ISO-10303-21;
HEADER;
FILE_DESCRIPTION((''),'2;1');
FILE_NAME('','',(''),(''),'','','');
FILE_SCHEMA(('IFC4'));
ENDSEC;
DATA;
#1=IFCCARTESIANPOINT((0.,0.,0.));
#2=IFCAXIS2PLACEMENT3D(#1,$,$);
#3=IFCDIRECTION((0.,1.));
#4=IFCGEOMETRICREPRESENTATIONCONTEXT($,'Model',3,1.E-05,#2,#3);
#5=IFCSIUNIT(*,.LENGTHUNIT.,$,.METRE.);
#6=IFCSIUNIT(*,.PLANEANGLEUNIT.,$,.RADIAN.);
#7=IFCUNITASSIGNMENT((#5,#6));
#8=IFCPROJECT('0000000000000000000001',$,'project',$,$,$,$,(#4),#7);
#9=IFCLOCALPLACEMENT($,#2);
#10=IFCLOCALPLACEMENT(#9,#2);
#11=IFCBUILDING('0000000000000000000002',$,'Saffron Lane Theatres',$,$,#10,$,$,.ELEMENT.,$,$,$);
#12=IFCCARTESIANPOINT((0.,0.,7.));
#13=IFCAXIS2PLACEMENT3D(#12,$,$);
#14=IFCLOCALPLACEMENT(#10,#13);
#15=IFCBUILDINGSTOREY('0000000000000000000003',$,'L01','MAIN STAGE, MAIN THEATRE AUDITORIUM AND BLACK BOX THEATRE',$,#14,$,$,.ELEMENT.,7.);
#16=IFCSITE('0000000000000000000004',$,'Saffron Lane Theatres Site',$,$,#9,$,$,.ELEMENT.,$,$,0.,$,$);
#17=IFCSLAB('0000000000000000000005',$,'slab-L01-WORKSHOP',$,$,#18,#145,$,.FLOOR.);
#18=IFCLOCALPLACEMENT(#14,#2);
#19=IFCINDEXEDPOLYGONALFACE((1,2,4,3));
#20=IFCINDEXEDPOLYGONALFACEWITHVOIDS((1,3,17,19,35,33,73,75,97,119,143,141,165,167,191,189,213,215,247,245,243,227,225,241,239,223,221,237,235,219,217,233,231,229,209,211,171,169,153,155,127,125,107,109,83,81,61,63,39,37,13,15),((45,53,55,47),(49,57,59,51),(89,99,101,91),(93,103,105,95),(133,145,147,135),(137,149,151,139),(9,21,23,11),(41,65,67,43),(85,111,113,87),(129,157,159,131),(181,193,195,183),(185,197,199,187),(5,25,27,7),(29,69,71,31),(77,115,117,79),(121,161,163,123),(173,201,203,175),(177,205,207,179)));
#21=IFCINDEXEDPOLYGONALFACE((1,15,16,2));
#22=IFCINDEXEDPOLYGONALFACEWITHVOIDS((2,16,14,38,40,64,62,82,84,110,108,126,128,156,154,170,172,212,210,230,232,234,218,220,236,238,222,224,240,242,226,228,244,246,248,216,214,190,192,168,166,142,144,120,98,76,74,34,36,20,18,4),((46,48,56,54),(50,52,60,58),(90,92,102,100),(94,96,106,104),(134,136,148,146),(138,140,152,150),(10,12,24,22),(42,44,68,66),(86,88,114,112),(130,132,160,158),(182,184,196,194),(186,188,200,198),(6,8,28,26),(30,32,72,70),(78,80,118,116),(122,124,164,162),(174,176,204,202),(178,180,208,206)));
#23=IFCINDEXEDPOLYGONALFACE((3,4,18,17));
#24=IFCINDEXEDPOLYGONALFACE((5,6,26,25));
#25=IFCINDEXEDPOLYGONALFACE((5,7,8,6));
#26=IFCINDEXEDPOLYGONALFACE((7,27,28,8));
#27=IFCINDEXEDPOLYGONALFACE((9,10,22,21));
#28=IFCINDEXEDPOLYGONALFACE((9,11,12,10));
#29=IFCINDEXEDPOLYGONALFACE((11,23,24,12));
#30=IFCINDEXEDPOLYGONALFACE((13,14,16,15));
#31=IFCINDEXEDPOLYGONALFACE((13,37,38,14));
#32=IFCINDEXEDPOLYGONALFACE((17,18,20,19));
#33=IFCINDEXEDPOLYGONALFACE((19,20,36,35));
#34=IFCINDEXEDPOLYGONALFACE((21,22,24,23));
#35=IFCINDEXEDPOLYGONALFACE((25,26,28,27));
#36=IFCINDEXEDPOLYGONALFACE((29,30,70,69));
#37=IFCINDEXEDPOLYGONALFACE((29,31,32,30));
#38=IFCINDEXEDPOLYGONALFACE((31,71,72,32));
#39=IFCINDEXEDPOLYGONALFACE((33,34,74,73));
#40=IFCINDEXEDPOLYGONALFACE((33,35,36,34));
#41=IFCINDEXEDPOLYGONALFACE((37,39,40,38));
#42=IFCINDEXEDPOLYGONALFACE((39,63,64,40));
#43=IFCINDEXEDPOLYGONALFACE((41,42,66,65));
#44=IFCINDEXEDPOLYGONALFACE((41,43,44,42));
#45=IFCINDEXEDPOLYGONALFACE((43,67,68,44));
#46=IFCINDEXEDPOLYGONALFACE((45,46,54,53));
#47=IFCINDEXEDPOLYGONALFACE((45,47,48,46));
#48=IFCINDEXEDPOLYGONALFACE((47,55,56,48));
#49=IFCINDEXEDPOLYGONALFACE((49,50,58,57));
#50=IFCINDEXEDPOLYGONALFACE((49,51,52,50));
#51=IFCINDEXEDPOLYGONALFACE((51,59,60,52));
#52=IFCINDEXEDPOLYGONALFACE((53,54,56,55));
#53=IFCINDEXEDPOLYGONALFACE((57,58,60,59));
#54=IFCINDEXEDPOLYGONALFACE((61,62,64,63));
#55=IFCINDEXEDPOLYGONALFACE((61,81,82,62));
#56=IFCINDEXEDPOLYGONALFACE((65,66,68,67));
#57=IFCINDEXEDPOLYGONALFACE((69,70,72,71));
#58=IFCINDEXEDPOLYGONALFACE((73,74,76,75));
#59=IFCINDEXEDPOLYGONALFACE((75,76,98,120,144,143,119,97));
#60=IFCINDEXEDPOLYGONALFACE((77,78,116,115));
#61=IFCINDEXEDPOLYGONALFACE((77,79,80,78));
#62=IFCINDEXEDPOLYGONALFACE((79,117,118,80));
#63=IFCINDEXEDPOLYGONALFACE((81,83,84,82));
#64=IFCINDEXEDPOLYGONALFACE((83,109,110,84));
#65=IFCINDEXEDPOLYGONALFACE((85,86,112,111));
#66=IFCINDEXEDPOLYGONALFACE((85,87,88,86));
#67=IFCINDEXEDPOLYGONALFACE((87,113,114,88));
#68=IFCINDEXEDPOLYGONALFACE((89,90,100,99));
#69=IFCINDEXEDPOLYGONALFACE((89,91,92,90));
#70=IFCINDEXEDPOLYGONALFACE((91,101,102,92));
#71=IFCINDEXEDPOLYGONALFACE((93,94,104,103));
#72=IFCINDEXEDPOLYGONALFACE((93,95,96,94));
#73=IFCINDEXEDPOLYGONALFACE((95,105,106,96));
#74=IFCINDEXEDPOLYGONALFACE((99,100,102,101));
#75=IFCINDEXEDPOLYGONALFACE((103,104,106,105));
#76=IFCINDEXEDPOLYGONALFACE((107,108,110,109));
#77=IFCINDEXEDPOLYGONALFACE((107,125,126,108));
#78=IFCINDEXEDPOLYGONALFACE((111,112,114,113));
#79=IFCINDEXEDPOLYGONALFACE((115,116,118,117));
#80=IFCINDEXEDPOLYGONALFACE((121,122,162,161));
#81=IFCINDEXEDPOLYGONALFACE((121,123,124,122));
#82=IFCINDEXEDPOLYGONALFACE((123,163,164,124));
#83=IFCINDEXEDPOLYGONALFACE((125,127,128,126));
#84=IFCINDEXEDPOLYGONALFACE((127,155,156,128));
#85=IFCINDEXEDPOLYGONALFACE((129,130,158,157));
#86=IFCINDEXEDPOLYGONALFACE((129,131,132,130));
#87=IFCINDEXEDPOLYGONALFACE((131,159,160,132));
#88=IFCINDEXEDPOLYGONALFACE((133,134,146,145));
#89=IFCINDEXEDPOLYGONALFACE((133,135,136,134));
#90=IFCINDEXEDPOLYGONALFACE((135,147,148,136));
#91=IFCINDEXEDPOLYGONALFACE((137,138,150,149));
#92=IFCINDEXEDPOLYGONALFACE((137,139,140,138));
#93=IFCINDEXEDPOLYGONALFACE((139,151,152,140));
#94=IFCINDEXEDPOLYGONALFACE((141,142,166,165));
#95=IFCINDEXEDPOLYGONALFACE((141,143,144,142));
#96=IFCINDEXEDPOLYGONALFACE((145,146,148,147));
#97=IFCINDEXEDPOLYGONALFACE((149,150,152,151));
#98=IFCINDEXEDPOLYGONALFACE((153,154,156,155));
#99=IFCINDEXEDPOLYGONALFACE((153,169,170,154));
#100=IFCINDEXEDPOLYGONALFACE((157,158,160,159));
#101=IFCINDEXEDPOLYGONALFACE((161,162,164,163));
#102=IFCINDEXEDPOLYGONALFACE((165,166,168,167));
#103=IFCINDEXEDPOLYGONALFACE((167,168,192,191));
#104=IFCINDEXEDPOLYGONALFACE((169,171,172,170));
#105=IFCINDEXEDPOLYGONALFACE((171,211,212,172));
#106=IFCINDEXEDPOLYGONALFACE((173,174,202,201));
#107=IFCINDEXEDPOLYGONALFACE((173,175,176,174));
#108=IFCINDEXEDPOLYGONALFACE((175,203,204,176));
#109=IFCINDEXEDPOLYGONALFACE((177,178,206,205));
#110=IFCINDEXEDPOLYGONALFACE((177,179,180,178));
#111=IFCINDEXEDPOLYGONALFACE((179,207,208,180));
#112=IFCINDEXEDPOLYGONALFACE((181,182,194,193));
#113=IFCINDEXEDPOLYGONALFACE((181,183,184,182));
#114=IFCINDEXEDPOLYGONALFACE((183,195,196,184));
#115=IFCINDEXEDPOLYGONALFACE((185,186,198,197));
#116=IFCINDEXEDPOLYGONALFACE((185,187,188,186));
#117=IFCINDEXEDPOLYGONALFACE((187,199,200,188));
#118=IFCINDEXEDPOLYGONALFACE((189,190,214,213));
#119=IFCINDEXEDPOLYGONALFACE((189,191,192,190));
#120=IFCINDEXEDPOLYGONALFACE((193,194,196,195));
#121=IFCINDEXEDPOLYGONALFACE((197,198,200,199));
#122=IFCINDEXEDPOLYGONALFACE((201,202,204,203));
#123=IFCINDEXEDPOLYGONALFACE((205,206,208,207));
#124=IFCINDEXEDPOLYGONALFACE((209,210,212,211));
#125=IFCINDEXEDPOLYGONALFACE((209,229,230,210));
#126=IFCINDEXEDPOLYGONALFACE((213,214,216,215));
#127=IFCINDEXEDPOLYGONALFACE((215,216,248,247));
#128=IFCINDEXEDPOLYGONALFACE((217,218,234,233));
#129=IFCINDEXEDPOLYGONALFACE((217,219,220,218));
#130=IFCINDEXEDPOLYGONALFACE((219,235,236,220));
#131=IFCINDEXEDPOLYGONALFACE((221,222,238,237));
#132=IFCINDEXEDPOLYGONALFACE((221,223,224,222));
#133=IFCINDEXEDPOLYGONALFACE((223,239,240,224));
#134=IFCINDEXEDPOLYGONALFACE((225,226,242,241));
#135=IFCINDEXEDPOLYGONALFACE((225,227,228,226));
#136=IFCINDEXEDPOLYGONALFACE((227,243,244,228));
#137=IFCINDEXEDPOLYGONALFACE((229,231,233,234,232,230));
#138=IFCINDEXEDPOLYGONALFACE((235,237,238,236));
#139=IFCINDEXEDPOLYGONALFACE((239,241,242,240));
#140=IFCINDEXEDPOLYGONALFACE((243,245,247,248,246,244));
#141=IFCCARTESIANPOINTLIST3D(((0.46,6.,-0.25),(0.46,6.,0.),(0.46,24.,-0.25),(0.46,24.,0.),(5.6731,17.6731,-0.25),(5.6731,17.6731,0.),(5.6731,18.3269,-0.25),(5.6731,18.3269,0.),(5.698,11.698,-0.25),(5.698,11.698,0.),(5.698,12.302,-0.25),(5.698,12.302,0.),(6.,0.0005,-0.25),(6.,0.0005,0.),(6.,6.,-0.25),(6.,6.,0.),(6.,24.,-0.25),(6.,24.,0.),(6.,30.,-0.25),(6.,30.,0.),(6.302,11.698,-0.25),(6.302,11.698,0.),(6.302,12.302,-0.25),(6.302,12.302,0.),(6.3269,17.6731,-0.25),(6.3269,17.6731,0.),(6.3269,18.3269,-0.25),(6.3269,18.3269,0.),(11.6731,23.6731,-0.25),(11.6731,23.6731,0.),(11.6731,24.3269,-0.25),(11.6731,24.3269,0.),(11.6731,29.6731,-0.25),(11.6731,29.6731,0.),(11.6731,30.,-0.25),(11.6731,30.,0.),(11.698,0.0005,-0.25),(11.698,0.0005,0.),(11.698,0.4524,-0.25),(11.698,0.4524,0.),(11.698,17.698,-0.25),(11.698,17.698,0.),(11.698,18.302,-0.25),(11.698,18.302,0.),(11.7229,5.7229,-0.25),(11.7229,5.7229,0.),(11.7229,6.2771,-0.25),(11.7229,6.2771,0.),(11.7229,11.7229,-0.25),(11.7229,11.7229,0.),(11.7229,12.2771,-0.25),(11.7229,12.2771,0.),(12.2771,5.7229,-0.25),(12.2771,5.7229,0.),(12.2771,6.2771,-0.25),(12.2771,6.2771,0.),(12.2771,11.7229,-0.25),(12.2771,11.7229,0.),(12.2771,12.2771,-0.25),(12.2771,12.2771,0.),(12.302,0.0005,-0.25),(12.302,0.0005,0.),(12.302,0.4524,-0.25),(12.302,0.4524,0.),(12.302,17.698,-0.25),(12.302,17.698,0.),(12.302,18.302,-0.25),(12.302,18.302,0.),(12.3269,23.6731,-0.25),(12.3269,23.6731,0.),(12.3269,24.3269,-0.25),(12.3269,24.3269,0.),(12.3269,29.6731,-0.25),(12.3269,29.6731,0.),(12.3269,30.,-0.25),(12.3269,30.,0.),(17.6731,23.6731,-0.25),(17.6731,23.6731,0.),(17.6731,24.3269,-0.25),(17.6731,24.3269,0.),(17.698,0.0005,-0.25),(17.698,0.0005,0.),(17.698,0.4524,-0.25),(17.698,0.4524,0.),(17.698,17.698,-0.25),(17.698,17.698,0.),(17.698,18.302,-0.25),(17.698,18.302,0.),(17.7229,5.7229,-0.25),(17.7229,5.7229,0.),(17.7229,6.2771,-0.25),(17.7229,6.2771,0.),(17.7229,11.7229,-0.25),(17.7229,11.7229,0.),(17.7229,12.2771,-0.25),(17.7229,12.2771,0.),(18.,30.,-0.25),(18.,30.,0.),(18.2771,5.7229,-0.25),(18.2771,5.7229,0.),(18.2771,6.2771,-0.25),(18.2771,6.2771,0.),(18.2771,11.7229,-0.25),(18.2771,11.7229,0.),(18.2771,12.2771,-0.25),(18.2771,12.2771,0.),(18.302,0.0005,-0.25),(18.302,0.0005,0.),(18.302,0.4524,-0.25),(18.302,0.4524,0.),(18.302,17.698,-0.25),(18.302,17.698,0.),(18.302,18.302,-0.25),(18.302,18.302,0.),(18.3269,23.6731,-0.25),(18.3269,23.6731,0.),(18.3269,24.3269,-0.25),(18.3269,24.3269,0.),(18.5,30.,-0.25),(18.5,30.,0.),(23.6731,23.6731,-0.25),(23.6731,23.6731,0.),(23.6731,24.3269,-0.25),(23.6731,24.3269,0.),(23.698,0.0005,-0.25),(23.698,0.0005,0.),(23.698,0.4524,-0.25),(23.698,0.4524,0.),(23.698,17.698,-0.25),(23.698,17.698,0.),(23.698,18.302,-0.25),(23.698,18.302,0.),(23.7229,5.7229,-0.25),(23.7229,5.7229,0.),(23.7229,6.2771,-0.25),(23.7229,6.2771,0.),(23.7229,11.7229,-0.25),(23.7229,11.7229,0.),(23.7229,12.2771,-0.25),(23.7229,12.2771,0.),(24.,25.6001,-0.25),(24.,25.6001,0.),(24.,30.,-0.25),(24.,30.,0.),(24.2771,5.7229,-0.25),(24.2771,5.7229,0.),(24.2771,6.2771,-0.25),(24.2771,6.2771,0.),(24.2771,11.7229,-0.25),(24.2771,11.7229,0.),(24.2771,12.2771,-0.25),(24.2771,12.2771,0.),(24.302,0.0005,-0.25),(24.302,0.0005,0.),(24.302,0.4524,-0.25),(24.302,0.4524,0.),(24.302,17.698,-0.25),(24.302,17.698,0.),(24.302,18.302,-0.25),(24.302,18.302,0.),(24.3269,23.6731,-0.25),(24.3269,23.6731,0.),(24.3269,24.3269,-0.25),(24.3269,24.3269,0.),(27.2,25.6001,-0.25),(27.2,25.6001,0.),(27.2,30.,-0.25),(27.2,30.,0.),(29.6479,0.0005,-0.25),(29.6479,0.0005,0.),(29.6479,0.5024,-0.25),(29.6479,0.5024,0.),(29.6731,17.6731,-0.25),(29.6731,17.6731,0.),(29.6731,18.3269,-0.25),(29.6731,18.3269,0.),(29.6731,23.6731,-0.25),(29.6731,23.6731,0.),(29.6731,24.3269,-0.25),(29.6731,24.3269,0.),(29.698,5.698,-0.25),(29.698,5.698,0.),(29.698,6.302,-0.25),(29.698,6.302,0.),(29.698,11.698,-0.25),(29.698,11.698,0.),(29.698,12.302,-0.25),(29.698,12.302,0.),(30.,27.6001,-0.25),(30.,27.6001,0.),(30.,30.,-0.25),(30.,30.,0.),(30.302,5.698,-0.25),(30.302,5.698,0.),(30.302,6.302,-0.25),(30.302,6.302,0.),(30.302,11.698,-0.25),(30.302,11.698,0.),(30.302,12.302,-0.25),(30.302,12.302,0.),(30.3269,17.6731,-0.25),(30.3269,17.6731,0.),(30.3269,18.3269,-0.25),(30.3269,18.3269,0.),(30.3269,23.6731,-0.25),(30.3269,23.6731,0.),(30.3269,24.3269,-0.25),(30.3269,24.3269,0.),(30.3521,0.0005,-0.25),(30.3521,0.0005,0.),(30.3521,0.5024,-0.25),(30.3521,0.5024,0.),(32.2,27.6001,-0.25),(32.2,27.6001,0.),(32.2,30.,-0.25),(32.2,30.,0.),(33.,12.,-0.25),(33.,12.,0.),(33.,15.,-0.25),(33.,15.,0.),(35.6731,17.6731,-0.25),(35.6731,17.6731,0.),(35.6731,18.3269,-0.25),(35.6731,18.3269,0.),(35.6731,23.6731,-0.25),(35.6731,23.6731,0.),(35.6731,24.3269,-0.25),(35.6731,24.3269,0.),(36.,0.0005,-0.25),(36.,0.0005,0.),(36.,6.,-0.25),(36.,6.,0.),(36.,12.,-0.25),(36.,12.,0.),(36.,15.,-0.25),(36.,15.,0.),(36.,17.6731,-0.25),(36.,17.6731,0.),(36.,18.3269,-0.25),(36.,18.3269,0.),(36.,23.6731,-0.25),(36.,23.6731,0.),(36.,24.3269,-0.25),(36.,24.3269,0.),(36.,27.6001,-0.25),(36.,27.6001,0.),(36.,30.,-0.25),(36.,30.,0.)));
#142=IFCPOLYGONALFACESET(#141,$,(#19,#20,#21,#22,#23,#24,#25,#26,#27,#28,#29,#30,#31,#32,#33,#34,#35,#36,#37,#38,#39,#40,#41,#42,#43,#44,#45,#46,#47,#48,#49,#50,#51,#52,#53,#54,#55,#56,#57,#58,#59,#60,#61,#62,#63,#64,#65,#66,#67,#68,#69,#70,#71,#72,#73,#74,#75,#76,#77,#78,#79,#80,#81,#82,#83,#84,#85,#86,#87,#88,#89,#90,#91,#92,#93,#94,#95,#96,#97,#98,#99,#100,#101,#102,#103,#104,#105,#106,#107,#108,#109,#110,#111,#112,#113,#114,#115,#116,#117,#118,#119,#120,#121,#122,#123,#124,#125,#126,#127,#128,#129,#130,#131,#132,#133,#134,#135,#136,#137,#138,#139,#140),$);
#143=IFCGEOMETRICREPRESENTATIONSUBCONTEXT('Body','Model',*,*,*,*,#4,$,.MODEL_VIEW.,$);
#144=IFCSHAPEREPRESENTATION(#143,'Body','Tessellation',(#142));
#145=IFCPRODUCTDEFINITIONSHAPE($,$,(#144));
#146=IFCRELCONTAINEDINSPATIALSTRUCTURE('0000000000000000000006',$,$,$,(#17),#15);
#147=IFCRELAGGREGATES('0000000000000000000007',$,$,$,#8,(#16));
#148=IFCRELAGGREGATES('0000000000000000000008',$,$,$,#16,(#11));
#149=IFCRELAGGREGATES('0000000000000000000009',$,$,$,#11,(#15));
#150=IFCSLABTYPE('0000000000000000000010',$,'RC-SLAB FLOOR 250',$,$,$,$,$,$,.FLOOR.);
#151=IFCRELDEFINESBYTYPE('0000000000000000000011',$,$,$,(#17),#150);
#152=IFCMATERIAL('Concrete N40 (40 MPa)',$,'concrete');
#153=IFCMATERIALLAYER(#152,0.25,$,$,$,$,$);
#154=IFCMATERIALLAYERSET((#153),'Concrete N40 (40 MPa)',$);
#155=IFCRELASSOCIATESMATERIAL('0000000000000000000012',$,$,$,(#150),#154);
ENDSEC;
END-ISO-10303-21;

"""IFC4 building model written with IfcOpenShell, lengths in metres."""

from ifc_helpers import new_model, si_unit, direction, frame, origin, place, context, subcontext, project, spatial, polyline, outline, extrude, material, layer, layer_set, type_object, element, save


model = new_model("IFC4")

# Units and contexts
model_context = context("Model", 3, precision=1e-05, world=origin(), true_north=direction((0.0, 1.0)))
body_context = subcontext(model_context, "Body", "Model", "MODEL_VIEW")
ifc_project = project(units=[si_unit("LENGTHUNIT", "METRE"), si_unit("PLANEANGLEUNIT", "RADIAN")], contexts=[model_context])

# Site, building, storey
site_placement = place(None, origin())
site = spatial("IfcSite", under=ifc_project, at=site_placement, Name="Saffron Lane Theatres Site", CompositionType="ELEMENT", RefElevation=0.0)
building_placement = place(site_placement, origin())
building = spatial("IfcBuilding", under=site, at=building_placement, Name="Saffron Lane Theatres", CompositionType="ELEMENT")
storey_placement = place(building_placement, frame((0.0, 0.0, 7.0)))
storey = spatial("IfcBuildingStorey", under=building, at=storey_placement, Name="L01", Description="MAIN STAGE, MAIN THEATRE AUDITORIUM AND BLACK BOX THEATRE", CompositionType="ELEMENT", Elevation=7.0)

# Slab
ifc_material_1 = material(Name="Concrete N40 (40 MPa)", Category="concrete")
ifc_layer_1 = layer(ifc_material_1, 0.25)
ifc_layer_set_1 = layer_set([ifc_layer_1], Name="Concrete N40 (40 MPa)")
slab_type_1 = type_object("IfcSlabType", Name="RC-SLAB FLOOR 250", PredefinedType="FLOOR", material=ifc_layer_set_1)
slab_1_placement = place(storey_placement, frame((0.0, 0.0, -0.25)))
element("IfcSlab", 1, at=slab_1_placement, inside=storey, type_object=slab_type_1, Name="slab-L01-WORKSHOP", PredefinedType="FLOOR", context=body_context, shape_type="SweptSolid", body=[
    extrude(outline(polyline([(30.3521, 0.5024), (30.3521, 0.0005), (36.0, 0.0005), (36.0, 6.0), (36.0, 12.0), (33.0, 12.0), (33.0, 15.0), (36.0, 15.0), (36.0, 17.6731), (35.6731, 17.6731), (35.6731, 18.3269), (36.0, 18.3269), (36.0, 23.6731), (35.6731, 23.6731), (35.6731, 24.3269), (36.0, 24.3269), (36.0, 27.6001), (36.0, 30.0), (32.2, 30.0), (32.2, 27.6001), (30.0, 27.6001), (30.0, 30.0), (27.2, 30.0), (27.2, 25.6001), (24.0, 25.6001), (24.0, 30.0), (18.5, 30.0), (18.0, 30.0), (12.3269, 30.0), (12.3269, 29.6731), (11.6731, 29.6731), (11.6731, 30.0), (6.0, 30.0), (6.0, 24.0), (0.46, 24.0), (0.46, 6.0), (6.0, 6.0), (6.0, 0.0005), (11.698, 0.0005), (11.698, 0.4524), (12.302, 0.4524), (12.302, 0.0005), (17.698, 0.0005), (17.698, 0.4524), (18.302, 0.4524), (18.302, 0.0005), (23.698, 0.0005), (23.698, 0.4524), (24.302, 0.4524), (24.302, 0.0005), (29.6479, 0.0005), (29.6479, 0.5024), (30.3521, 0.5024)]), holes=[polyline([(29.6731, 23.6731), (29.6731, 24.3269), (30.3269, 24.3269), (30.3269, 23.6731), (29.6731, 23.6731)]), polyline([(29.6731, 17.6731), (29.6731, 18.3269), (30.3269, 18.3269), (30.3269, 17.6731), (29.6731, 17.6731)]), polyline([(30.302, 11.698), (29.698, 11.698), (29.698, 12.302), (30.302, 12.302), (30.302, 11.698)]), polyline([(29.698, 5.698), (29.698, 6.302), (30.302, 6.302), (30.302, 5.698), (29.698, 5.698)]), polyline([(23.6731, 23.6731), (23.6731, 24.3269), (24.3269, 24.3269), (24.3269, 23.6731), (23.6731, 23.6731)]), polyline([(23.698, 17.698), (23.698, 18.302), (24.302, 18.302), (24.302, 17.698), (23.698, 17.698)]), polyline([(23.7229, 11.7229), (23.7229, 12.2771), (24.2771, 12.2771), (24.2771, 11.7229), (23.7229, 11.7229)]), polyline([(23.7229, 5.7229), (23.7229, 6.2771), (24.2771, 6.2771), (24.2771, 5.7229), (23.7229, 5.7229)]), polyline([(17.6731, 23.6731), (17.6731, 24.3269), (18.3269, 24.3269), (18.3269, 23.6731), (17.6731, 23.6731)]), polyline([(18.302, 17.698), (17.698, 17.698), (17.698, 18.302), (18.302, 18.302), (18.302, 17.698)]), polyline([(17.7229, 11.7229), (17.7229, 12.2771), (18.2771, 12.2771), (18.2771, 11.7229), (17.7229, 11.7229)]), polyline([(17.7229, 5.7229), (17.7229, 6.2771), (18.2771, 6.2771), (18.2771, 5.7229), (17.7229, 5.7229)]), polyline([(11.6731, 23.6731), (11.6731, 24.3269), (12.3269, 24.3269), (12.3269, 23.6731), (11.6731, 23.6731)]), polyline([(11.698, 17.698), (11.698, 18.302), (12.302, 18.302), (12.302, 17.698), (11.698, 17.698)]), polyline([(11.7229, 11.7229), (11.7229, 12.2771), (12.2771, 12.2771), (12.2771, 11.7229), (11.7229, 11.7229)]), polyline([(11.7229, 5.7229), (11.7229, 6.2771), (12.2771, 6.2771), (12.2771, 5.7229), (11.7229, 5.7229)]), polyline([(5.6731, 17.6731), (5.6731, 18.3269), (6.3269, 18.3269), (6.3269, 17.6731), (5.6731, 17.6731)]), polyline([(5.698, 11.698), (5.698, 12.302), (6.302, 12.302), (6.302, 11.698), (5.698, 11.698)])]), origin(), (0.0, 0.0, 1.0), 0.25),
])

save(model, "model.ifc")
